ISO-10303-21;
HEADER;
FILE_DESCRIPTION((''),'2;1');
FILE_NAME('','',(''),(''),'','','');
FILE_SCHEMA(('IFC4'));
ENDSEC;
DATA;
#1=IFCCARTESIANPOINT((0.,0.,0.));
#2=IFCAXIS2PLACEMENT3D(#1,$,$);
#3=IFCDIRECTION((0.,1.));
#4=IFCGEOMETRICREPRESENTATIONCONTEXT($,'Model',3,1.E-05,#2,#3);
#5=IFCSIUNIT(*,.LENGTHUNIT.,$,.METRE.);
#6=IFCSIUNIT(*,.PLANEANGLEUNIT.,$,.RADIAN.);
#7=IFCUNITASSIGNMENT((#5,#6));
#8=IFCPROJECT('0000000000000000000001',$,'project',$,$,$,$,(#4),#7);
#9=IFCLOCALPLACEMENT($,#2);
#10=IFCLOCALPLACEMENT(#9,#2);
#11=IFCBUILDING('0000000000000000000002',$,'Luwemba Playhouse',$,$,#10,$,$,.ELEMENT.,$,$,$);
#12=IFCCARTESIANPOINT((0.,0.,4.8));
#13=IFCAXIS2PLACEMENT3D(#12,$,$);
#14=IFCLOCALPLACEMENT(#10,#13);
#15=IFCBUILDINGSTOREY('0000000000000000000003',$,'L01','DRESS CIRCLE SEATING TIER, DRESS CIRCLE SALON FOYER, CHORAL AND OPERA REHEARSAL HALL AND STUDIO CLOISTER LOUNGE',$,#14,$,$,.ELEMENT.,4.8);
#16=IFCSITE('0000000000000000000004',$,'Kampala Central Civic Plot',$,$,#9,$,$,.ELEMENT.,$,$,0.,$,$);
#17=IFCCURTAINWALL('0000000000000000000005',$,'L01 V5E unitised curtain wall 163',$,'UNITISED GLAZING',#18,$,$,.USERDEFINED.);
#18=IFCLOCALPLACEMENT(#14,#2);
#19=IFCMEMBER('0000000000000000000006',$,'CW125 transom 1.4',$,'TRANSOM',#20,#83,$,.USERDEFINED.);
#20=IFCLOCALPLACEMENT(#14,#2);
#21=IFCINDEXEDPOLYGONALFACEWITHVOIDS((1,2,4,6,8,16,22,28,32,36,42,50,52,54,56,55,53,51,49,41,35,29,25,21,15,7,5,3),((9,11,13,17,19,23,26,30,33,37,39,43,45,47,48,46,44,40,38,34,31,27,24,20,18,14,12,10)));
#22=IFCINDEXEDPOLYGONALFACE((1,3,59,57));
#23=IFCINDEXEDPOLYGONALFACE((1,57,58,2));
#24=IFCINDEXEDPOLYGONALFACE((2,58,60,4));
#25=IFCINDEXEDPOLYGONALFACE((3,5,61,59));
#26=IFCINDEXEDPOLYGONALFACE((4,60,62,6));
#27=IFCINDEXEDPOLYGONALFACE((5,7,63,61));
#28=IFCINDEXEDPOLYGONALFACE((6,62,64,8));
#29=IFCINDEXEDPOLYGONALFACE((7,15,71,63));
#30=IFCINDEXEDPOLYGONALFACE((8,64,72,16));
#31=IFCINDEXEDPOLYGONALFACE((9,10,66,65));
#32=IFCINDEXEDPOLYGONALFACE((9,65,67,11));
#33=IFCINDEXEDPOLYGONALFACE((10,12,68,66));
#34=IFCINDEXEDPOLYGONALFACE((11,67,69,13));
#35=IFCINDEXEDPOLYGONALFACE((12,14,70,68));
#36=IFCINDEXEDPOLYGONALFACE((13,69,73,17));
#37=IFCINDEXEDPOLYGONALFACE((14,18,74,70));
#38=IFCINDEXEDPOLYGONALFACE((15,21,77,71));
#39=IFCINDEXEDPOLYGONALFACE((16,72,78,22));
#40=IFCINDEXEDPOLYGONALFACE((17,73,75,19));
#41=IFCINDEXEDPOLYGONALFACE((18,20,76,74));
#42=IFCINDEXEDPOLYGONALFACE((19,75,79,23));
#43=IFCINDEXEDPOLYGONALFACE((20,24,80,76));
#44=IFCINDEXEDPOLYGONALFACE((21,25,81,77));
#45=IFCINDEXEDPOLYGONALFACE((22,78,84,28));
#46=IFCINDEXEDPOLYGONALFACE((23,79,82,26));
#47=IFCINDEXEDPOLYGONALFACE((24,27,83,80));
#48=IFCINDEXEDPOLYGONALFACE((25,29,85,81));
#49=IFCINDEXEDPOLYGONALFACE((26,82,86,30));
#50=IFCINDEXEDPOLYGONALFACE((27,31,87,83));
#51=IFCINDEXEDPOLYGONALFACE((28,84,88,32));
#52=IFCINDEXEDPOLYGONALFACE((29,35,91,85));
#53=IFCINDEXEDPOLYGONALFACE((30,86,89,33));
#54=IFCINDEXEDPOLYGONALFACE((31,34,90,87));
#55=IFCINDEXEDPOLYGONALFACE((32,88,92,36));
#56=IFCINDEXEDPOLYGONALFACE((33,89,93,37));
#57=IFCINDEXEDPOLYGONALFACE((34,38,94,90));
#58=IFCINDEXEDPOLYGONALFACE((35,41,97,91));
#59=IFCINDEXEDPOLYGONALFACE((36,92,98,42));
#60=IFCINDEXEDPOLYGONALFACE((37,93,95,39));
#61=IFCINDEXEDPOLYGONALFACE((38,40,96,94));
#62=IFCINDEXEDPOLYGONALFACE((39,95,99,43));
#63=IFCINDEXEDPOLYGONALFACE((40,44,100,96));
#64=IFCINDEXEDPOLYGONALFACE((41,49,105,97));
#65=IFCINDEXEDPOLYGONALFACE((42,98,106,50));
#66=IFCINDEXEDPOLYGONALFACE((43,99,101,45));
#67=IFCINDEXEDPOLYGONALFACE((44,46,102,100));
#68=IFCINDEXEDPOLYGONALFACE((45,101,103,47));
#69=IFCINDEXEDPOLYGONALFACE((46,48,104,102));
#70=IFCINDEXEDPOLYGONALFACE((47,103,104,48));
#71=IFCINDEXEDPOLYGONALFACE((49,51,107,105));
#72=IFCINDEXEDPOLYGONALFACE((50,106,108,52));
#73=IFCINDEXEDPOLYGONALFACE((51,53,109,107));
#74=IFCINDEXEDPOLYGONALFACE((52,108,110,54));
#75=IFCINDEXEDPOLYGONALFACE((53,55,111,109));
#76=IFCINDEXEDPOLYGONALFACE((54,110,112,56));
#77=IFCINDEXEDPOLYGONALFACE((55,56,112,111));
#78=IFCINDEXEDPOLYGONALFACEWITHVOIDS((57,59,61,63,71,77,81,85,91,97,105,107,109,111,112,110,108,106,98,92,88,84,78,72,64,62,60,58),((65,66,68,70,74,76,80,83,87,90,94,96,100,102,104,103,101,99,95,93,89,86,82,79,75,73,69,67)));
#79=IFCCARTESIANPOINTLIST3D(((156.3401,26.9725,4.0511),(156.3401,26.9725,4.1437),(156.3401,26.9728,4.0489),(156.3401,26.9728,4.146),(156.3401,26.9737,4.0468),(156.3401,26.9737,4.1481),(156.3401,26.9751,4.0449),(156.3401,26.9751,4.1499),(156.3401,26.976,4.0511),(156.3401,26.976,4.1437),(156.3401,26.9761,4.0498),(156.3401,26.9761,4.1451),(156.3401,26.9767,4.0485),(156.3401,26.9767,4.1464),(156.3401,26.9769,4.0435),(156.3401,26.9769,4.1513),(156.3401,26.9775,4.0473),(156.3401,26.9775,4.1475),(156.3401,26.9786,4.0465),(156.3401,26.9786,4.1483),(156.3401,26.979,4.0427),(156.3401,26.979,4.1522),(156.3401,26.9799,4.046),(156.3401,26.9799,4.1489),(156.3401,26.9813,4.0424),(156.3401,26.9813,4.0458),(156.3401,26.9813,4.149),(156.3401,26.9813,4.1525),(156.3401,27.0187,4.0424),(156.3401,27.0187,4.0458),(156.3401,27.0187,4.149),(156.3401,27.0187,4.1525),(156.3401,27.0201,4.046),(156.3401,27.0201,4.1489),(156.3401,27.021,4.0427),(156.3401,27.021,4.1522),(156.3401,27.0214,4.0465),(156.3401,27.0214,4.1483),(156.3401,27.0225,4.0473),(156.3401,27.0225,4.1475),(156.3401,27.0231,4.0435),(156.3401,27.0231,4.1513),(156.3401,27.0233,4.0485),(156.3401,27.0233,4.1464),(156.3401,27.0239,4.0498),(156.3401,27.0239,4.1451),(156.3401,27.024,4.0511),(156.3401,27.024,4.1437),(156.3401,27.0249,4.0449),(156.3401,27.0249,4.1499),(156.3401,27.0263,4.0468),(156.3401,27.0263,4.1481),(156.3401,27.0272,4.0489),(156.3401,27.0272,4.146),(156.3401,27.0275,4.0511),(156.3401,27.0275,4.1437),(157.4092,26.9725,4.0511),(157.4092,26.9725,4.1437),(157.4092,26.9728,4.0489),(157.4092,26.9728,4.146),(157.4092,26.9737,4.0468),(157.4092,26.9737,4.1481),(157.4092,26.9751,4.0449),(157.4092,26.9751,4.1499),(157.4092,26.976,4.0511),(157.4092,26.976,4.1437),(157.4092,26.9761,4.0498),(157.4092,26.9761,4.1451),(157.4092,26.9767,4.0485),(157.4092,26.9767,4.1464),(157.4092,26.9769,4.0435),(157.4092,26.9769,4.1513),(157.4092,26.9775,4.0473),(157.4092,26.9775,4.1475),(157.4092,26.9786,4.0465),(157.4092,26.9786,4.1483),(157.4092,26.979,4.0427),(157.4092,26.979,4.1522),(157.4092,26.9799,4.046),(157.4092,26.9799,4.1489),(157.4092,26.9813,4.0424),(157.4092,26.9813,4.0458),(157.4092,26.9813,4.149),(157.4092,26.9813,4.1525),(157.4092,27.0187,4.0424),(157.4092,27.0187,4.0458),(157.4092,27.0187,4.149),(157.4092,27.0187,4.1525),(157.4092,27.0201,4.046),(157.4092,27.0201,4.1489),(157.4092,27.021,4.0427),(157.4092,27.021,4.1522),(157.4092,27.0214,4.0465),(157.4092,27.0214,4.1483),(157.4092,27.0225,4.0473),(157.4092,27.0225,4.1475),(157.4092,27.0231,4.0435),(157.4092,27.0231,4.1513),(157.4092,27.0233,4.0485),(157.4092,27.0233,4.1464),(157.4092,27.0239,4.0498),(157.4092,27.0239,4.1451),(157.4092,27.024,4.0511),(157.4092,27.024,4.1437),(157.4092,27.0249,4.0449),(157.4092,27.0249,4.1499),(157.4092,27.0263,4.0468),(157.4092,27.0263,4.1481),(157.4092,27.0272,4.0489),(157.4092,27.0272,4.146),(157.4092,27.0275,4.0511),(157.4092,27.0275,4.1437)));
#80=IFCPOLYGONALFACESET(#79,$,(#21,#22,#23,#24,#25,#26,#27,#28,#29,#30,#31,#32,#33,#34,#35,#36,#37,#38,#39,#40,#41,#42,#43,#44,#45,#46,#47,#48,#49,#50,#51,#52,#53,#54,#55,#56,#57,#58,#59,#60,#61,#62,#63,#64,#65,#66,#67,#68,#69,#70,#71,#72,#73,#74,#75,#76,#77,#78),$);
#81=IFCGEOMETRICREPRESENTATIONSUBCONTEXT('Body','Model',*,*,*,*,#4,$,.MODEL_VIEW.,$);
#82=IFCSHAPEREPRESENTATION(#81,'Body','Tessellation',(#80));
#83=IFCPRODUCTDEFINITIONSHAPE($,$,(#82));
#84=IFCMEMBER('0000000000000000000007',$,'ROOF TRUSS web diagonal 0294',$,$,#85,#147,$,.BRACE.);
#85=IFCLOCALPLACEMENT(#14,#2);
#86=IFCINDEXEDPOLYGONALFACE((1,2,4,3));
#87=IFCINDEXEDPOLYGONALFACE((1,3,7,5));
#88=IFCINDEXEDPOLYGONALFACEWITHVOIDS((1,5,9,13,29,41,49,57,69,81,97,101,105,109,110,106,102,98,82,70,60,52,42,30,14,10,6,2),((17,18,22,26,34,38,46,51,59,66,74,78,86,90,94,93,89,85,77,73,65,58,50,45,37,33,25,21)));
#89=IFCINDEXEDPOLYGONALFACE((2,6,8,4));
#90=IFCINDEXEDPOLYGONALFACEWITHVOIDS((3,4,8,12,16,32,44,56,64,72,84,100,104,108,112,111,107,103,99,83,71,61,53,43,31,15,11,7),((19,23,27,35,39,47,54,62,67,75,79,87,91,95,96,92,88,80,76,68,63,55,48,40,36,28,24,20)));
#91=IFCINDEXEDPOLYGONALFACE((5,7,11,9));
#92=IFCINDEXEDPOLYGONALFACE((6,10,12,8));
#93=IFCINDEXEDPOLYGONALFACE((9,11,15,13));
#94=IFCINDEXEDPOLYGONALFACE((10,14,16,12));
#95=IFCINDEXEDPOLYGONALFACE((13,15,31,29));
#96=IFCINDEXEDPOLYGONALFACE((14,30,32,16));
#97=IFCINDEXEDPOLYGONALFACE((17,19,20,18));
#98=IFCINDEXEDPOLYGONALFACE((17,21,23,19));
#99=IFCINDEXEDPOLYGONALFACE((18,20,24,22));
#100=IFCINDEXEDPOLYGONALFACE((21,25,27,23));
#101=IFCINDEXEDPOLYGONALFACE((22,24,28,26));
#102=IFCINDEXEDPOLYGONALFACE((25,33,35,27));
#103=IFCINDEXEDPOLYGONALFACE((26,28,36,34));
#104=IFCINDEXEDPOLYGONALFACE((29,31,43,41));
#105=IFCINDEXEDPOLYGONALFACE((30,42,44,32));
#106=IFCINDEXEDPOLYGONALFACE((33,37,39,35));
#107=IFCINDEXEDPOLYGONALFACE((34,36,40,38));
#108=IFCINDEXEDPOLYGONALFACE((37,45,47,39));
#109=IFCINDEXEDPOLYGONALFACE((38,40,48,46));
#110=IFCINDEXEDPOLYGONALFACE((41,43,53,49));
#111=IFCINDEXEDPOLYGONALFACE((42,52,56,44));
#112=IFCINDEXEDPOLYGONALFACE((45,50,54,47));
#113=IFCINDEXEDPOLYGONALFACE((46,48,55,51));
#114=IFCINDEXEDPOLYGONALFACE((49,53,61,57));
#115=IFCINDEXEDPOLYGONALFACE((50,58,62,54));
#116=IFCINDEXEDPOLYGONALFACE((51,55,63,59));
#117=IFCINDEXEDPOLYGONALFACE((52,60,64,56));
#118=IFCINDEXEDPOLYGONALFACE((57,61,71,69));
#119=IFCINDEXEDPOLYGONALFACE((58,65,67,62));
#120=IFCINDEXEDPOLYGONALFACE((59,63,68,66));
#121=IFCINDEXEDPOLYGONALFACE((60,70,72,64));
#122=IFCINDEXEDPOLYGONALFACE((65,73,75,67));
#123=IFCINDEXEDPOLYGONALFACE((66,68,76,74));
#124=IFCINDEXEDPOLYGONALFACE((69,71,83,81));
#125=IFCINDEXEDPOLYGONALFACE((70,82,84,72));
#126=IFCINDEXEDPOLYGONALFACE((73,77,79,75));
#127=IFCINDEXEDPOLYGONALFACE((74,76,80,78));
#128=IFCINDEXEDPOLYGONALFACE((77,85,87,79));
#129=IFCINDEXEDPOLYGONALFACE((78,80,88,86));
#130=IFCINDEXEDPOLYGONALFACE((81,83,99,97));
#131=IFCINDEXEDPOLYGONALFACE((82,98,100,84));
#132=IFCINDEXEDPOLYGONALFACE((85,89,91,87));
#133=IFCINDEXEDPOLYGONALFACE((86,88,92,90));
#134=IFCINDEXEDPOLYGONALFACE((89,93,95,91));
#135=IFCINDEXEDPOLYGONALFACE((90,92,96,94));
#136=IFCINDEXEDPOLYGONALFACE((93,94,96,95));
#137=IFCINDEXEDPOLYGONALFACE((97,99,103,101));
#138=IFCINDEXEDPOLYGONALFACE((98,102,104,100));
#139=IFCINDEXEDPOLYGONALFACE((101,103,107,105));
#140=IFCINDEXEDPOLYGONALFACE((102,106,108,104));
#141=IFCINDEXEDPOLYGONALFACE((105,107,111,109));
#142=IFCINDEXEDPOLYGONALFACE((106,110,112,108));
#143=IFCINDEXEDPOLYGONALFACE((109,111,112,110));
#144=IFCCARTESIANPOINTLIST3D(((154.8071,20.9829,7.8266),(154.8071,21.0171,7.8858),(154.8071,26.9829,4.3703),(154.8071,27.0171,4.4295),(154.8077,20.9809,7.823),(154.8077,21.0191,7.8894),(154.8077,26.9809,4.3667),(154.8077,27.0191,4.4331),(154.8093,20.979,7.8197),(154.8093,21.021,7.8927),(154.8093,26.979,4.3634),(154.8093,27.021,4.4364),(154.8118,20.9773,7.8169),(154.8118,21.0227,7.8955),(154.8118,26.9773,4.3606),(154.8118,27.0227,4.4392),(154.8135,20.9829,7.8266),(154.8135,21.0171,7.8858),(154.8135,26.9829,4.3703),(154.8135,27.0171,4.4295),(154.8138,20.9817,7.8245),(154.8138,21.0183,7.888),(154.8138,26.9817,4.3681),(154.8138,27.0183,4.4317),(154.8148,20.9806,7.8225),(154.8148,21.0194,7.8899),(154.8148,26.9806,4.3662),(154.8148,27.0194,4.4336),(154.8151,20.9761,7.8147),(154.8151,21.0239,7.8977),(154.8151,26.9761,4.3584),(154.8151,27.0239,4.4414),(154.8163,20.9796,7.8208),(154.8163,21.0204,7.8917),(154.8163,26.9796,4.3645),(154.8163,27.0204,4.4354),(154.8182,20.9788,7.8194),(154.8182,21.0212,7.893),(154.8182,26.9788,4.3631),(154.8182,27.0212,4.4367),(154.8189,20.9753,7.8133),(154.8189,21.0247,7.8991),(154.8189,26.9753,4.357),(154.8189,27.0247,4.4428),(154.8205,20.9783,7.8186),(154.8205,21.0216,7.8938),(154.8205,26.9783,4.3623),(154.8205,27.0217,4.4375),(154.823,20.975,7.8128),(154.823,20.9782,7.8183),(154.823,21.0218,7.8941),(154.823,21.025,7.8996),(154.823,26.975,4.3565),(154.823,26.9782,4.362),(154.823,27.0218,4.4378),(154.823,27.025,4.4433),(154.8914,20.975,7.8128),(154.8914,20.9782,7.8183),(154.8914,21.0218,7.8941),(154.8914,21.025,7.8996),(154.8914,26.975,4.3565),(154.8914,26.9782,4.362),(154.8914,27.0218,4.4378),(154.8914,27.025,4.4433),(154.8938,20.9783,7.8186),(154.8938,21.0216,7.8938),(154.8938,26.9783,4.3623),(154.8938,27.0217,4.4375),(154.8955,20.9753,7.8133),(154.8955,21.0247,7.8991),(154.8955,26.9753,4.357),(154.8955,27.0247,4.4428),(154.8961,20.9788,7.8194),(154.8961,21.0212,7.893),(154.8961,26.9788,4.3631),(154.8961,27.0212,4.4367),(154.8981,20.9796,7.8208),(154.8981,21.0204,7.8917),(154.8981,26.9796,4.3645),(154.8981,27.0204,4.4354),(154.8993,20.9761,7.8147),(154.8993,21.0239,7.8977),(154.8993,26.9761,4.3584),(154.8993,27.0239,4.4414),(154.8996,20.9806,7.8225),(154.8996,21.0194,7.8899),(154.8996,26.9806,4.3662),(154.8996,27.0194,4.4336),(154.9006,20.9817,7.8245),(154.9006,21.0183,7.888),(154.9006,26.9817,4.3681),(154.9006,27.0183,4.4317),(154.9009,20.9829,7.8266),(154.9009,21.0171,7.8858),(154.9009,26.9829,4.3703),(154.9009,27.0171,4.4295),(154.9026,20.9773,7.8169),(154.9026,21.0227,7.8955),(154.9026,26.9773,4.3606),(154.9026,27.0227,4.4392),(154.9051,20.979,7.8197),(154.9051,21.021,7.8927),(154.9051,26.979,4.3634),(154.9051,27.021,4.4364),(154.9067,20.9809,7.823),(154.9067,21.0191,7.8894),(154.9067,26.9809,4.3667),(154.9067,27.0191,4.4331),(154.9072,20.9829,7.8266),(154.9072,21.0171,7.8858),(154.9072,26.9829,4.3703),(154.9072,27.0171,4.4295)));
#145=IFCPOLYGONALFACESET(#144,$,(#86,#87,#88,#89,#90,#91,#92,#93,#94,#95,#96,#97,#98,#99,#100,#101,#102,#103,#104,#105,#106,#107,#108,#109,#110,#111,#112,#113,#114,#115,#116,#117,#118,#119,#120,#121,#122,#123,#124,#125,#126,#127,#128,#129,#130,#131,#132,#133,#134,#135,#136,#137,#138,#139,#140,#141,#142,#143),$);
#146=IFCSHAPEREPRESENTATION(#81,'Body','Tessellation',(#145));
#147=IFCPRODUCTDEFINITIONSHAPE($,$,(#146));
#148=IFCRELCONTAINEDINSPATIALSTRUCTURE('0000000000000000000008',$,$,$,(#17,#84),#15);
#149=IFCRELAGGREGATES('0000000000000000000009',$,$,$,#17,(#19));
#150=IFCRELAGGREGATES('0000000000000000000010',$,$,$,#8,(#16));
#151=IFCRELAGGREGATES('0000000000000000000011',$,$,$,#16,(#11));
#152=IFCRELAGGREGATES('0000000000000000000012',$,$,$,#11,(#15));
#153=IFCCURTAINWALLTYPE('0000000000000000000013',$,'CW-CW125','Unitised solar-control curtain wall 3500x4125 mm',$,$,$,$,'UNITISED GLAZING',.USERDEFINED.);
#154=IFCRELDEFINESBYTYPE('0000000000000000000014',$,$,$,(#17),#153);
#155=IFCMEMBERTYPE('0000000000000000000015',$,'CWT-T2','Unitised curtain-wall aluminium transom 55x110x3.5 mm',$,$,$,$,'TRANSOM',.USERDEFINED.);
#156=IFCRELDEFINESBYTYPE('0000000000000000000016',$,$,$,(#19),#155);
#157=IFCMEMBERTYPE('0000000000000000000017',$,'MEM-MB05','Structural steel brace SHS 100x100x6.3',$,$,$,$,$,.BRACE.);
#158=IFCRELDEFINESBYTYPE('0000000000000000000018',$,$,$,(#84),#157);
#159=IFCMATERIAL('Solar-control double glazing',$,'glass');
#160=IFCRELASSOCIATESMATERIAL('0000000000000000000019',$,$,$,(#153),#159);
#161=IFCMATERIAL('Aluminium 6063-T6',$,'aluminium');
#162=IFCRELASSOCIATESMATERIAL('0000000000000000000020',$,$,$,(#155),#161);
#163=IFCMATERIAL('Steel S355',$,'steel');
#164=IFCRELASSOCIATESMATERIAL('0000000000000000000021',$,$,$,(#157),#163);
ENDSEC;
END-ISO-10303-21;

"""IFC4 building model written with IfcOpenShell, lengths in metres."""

from ifc_helpers import new_model, si_unit, direction, frame, origin, origin_2d, place, context, subcontext, project, spatial, hollow_rectangle, extrude, material, material_profile, profile_set, type_object, element, aggregate, save


model = new_model("IFC4")

# Units and contexts
model_context = context("Model", 3, precision=1e-05, world=origin(), true_north=direction((0.0, 1.0)))
body_context = subcontext(model_context, "Body", "Model", "MODEL_VIEW")
ifc_project = project(units=[si_unit("LENGTHUNIT", "METRE"), si_unit("PLANEANGLEUNIT", "RADIAN")], contexts=[model_context])

# Site, building, storey
site_placement = place(None, origin())
site = spatial("IfcSite", under=ifc_project, at=site_placement, Name="Kampala Central Civic Plot", CompositionType="ELEMENT", RefElevation=0.0)
building_placement = place(site_placement, origin())
building = spatial("IfcBuilding", under=site, at=building_placement, Name="Luwemba Playhouse", CompositionType="ELEMENT")
storey_placement = place(building_placement, frame((0.0, 0.0, 4.8)))
storey = spatial("IfcBuildingStorey", under=building, at=storey_placement, Name="L01", Description="DRESS CIRCLE SEATING TIER, DRESS CIRCLE SALON FOYER, CHORAL AND OPERA REHEARSAL HALL AND STUDIO CLOISTER LOUNGE", CompositionType="ELEMENT", Elevation=4.8)

# Shared definitions
ifc_material_1 = material(Name="Steel S355", Category="steel")

# Shared definitions
ifc_material_2 = material(Name="Solar-control double glazing", Category="glass")
ifc_material_3 = material(Name="Aluminium 6063-T6", Category="aluminium")

# Curtain wall
curtain_wall_type_1 = type_object("IfcCurtainWallType", Name="CW-CW125", Description="Unitised solar-control curtain wall 3500x4125 mm", ElementType="UNITISED GLAZING", PredefinedType="USERDEFINED", material=ifc_material_2)
curtain_wall_1_placement = place(storey_placement, origin())
curtain_wall_1 = element("IfcCurtainWall", 1, at=curtain_wall_1_placement, inside=storey, type_object=curtain_wall_type_1, Name="L01 V5E unitised curtain wall 163", ObjectType="UNITISED GLAZING", PredefinedType="USERDEFINED")

# Member
ifc_material_profile_1 = material_profile(ifc_material_3, hollow_rectangle(XDim=0.0549, YDim=0.1101, WallThickness=0.0034, InnerFilletRadius=0.0054, OuterFilletRadius=0.0088, at=origin_2d()))
ifc_profile_set_1 = profile_set([ifc_material_profile_1], Name="Aluminium 6063-T6")
member_type_1 = type_object("IfcMemberType", Name="CWT-T2", Description="Unitised curtain-wall aluminium transom 55x110x3.5 mm", ElementType="TRANSOM", PredefinedType="USERDEFINED", material=ifc_profile_set_1)
member_1_placement = place(storey_placement, frame((156.3401, 27.0, 4.0974), z_axis=(1.0, 0.0, 0.0), x_axis=(0.0, 1.0, 0.0)))
member_1 = element("IfcMember", 2, at=member_1_placement, type_object=member_type_1, Name="CW125 transom 1.4", ObjectType="TRANSOM", PredefinedType="USERDEFINED", context=body_context, shape_type="SweptSolid", body=[
    extrude(hollow_rectangle(XDim=0.0549, YDim=0.1101, WallThickness=0.0034, InnerFilletRadius=0.0054, OuterFilletRadius=0.0088, at=origin_2d()), origin(), (0.0, 0.0, 1.0), 1.0691),
])

# Member
ifc_material_profile_2 = material_profile(ifc_material_1, hollow_rectangle(XDim=0.1001, YDim=0.1001, WallThickness=0.0063, InnerFilletRadius=0.0095, OuterFilletRadius=0.0159, at=origin_2d()))
ifc_profile_set_2 = profile_set([ifc_material_profile_2], Name="Steel S355")
member_type_2 = type_object("IfcMemberType", Name="MEM-MB05", Description="Structural steel brace SHS 100x100x6.3", PredefinedType="BRACE", material=ifc_profile_set_2)
member_2_placement = place(storey_placement, frame((154.8572, 27.0, 4.3999), z_axis=(0.0, -0.866513, 0.499155), x_axis=(1.0, 0.0, 0.0)))
element("IfcMember", 3, at=member_2_placement, inside=storey, type_object=member_type_2, Name="ROOF TRUSS web diagonal 0294", PredefinedType="BRACE", context=body_context, shape_type="SweptSolid", body=[
    extrude(hollow_rectangle(XDim=0.1001, YDim=0.1001, WallThickness=0.0063, InnerFilletRadius=0.0095, OuterFilletRadius=0.0159, at=origin_2d()), origin(), (0.0, 0.0, 1.0), 6.9243),
])

aggregate(curtain_wall_1, [member_1])

save(model, "model.ifc")
